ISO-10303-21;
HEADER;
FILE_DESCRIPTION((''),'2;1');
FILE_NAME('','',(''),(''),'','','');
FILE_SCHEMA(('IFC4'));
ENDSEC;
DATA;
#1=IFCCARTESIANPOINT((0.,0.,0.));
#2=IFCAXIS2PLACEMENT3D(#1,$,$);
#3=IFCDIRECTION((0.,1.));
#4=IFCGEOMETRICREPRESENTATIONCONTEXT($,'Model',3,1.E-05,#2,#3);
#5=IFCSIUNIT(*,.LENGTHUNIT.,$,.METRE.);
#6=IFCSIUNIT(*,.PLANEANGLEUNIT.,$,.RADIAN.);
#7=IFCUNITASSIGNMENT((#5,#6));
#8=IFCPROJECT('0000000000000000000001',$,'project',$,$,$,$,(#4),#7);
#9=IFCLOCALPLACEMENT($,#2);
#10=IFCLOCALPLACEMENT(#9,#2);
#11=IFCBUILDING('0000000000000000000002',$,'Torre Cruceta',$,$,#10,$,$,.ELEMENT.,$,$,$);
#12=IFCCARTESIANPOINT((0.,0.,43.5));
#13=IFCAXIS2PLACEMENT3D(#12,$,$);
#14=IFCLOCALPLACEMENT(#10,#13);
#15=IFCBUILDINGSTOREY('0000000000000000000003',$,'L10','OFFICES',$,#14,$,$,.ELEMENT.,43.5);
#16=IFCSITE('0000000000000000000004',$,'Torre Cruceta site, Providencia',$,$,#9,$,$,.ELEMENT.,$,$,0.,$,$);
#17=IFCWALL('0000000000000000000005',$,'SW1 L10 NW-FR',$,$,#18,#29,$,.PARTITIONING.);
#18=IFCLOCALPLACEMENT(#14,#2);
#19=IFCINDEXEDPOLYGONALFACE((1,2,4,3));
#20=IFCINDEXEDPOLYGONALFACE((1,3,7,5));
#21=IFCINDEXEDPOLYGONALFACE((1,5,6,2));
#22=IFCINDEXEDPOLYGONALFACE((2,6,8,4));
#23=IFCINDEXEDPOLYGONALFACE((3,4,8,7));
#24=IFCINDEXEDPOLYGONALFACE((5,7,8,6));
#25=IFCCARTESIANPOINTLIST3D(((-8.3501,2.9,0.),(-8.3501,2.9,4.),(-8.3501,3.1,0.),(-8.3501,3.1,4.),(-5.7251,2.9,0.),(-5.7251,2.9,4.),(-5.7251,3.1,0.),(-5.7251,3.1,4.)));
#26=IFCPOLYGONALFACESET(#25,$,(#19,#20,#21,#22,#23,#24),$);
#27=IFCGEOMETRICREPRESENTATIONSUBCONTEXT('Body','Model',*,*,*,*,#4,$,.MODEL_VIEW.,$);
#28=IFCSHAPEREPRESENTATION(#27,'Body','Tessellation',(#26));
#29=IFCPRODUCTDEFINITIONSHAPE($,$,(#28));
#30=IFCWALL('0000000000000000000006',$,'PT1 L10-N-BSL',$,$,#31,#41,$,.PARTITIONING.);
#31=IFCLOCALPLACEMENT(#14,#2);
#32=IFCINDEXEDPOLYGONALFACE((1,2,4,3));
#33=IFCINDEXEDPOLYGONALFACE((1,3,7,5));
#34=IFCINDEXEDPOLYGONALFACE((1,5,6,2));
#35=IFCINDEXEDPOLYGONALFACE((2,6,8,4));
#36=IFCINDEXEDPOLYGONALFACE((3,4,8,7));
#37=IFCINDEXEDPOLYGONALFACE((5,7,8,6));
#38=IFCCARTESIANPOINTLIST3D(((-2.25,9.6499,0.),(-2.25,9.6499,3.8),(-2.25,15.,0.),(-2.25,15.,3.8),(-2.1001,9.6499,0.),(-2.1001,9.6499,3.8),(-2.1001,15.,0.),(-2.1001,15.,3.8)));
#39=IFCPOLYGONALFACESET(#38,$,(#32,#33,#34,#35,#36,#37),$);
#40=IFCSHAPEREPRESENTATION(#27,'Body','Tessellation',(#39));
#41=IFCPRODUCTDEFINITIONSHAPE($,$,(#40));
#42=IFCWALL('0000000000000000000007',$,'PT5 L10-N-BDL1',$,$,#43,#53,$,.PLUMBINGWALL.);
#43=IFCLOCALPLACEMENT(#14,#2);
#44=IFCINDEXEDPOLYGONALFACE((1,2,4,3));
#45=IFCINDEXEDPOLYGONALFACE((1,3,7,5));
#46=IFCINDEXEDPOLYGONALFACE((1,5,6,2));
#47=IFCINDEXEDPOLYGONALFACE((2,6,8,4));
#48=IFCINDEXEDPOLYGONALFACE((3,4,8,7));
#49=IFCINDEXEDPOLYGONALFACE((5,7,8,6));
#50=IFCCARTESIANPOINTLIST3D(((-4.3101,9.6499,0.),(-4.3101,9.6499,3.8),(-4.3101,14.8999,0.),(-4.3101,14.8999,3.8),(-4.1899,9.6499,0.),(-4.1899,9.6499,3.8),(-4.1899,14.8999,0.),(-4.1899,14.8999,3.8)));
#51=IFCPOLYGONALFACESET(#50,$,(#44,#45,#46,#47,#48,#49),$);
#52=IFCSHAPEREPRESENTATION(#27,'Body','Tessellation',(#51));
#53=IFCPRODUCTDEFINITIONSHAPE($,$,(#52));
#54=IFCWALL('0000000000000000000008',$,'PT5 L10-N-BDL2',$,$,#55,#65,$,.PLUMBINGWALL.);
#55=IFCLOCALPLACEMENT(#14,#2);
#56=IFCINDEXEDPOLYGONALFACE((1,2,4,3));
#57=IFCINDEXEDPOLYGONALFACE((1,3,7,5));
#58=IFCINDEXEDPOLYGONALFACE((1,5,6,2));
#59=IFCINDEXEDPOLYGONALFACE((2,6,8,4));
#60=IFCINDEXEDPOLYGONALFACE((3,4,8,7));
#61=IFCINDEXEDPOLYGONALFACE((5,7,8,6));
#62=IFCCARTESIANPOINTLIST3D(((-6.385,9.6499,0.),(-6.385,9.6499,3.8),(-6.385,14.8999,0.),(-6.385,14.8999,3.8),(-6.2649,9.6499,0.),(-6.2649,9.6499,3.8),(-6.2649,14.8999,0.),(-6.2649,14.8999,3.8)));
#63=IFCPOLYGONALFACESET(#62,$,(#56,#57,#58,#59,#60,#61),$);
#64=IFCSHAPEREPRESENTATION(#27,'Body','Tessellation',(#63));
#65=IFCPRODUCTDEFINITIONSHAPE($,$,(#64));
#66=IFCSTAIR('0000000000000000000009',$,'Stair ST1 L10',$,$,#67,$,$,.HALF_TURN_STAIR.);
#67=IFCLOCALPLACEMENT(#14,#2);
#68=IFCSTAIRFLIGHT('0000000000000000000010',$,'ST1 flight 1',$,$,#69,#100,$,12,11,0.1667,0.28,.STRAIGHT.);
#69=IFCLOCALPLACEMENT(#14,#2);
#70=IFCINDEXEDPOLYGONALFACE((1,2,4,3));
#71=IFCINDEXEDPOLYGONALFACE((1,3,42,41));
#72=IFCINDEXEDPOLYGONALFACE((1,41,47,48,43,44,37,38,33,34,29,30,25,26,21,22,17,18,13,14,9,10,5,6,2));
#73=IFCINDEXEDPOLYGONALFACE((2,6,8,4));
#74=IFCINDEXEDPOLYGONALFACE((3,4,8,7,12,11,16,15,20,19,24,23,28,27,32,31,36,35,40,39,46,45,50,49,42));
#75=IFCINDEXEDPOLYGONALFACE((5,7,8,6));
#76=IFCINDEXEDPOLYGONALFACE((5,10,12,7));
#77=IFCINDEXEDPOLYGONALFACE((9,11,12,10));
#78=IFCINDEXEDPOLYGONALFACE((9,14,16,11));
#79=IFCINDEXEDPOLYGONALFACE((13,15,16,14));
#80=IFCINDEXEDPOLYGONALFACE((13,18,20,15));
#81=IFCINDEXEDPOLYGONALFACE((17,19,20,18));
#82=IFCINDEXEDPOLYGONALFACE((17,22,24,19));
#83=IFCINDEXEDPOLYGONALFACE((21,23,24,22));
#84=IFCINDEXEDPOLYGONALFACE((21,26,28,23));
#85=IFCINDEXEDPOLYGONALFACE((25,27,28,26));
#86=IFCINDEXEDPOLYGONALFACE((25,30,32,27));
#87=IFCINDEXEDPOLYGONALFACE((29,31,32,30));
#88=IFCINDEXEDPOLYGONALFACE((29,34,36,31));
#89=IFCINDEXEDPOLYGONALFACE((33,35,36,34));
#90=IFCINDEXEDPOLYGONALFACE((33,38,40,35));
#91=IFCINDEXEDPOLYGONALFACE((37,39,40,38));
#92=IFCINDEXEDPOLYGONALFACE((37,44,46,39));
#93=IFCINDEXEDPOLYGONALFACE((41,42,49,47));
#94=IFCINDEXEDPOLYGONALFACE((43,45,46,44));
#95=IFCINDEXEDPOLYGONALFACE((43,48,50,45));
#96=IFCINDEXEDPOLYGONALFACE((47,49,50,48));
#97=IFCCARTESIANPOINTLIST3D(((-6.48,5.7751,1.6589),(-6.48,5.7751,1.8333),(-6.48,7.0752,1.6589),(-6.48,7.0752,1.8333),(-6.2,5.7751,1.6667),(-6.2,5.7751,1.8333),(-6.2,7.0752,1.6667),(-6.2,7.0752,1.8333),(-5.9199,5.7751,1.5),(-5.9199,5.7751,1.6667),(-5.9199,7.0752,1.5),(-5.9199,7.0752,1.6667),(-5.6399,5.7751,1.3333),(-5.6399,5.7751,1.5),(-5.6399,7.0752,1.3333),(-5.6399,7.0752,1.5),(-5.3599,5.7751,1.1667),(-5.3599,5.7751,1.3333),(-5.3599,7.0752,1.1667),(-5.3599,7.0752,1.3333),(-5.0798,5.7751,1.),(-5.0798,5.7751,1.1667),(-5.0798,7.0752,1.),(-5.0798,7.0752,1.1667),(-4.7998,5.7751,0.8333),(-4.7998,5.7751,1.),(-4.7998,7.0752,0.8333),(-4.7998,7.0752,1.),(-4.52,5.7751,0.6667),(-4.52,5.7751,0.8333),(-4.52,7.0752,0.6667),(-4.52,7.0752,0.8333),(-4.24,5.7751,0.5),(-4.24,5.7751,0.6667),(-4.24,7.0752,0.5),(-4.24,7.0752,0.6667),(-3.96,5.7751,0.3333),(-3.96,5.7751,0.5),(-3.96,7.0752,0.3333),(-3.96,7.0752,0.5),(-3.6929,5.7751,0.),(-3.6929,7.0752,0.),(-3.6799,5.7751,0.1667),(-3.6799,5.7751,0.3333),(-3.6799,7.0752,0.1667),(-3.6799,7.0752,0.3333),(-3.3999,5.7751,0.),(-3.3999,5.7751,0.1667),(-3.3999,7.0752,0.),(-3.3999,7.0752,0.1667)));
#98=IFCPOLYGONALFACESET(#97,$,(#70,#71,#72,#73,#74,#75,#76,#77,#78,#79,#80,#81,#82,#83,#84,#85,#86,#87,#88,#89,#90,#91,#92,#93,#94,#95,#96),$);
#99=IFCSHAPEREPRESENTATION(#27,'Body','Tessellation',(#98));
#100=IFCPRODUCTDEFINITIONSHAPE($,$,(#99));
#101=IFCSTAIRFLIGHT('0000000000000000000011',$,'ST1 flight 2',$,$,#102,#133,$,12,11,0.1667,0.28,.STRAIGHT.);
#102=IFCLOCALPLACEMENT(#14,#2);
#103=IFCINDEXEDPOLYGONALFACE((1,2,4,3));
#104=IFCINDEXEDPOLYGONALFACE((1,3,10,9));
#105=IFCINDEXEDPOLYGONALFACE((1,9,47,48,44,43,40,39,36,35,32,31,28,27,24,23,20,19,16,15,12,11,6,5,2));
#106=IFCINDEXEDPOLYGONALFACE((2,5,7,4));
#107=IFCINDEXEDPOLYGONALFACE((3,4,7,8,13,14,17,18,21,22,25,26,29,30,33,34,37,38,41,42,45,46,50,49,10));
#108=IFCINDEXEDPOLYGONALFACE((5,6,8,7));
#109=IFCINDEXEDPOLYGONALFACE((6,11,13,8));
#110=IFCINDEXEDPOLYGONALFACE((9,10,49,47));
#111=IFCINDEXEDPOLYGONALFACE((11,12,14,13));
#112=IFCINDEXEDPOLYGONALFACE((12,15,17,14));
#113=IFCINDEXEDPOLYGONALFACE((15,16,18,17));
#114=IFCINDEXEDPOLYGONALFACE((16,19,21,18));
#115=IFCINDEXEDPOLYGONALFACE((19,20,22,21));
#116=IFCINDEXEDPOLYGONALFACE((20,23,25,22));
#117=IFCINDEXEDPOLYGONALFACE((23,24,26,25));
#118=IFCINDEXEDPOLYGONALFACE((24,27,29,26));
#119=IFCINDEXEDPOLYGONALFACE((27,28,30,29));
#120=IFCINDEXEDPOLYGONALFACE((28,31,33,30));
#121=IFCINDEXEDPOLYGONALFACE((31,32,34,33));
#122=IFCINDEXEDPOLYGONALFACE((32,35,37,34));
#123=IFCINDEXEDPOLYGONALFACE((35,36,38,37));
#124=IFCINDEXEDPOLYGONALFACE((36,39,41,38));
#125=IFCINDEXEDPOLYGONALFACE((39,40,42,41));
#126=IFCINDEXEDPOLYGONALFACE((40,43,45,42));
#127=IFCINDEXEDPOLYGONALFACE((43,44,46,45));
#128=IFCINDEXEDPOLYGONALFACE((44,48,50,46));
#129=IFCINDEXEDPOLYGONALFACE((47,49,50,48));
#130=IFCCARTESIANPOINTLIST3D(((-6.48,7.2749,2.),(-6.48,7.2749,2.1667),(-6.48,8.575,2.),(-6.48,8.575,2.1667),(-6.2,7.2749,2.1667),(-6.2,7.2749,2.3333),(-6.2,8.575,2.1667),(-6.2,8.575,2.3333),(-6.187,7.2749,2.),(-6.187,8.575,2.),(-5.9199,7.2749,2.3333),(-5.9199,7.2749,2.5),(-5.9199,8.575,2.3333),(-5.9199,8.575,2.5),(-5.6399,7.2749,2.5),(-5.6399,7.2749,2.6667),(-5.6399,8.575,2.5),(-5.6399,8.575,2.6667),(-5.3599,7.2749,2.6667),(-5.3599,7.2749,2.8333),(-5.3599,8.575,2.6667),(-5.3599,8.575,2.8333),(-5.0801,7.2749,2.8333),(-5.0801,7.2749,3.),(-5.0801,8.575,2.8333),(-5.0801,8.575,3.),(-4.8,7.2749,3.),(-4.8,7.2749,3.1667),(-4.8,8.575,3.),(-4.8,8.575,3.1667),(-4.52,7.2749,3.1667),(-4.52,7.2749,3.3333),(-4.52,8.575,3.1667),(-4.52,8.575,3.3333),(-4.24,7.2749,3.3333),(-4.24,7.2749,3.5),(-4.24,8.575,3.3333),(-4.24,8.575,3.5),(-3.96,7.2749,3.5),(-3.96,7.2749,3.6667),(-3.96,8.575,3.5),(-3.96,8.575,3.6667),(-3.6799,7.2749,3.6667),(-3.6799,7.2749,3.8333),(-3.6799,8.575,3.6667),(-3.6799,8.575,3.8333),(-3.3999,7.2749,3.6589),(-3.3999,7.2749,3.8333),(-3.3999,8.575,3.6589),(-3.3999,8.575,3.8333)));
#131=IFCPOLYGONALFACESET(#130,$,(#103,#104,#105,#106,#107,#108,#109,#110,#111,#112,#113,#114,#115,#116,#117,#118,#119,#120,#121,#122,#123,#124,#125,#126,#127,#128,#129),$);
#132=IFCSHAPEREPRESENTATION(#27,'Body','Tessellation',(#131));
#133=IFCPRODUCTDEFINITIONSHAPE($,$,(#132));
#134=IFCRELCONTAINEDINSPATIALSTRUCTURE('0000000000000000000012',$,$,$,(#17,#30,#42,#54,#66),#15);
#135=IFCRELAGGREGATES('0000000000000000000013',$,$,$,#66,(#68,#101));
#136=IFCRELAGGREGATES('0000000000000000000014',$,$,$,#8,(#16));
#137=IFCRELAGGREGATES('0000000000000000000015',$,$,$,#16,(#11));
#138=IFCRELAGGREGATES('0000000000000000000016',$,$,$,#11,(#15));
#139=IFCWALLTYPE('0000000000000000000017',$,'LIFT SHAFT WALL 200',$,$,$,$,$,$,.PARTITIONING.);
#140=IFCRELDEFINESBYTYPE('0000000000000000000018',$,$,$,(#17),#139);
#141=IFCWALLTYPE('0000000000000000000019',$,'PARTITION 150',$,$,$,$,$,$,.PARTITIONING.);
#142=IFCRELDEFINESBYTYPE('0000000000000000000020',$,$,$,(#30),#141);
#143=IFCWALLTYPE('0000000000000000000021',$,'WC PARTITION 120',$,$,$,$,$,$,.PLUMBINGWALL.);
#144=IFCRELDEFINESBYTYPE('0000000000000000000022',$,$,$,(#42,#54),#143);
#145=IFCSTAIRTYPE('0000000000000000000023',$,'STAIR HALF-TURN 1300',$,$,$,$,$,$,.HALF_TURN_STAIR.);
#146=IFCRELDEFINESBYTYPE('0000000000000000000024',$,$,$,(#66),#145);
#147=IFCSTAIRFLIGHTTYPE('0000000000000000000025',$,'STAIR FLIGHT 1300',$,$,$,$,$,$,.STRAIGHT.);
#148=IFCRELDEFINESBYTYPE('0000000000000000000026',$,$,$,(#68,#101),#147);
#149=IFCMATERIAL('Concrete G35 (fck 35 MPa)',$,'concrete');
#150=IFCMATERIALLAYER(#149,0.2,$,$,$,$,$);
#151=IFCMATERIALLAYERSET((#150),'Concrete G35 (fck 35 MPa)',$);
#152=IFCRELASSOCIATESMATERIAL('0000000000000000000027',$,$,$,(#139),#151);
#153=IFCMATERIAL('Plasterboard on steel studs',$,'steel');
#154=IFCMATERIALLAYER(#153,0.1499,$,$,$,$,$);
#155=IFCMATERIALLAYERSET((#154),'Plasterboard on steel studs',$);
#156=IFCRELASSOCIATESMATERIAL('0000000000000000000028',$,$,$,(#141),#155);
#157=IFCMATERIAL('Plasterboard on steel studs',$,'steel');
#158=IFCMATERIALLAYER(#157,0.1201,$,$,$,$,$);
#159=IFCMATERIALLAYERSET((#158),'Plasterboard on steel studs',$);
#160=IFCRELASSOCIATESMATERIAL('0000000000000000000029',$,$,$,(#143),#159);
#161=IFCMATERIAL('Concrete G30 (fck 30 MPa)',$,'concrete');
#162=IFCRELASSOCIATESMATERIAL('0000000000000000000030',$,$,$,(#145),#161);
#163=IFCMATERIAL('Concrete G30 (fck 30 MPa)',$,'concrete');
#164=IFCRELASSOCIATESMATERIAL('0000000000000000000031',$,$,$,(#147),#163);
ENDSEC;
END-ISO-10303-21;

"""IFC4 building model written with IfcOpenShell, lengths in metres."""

from ifc_helpers import new_model, si_unit, direction, frame, frame_2d, origin, place, context, subcontext, project, spatial, polyline, rectangle, outline, extrude, material, layer, layer_set, type_object, element, aggregate, save


model = new_model("IFC4")

# Units and contexts
model_context = context("Model", 3, precision=1e-05, world=origin(), true_north=direction((0.0, 1.0)))
body_context = subcontext(model_context, "Body", "Model", "MODEL_VIEW")
ifc_project = project(units=[si_unit("LENGTHUNIT", "METRE"), si_unit("PLANEANGLEUNIT", "RADIAN")], contexts=[model_context])

# Site, building, storey
site_placement = place(None, origin())
site = spatial("IfcSite", under=ifc_project, at=site_placement, Name="Torre Cruceta site, Providencia", CompositionType="ELEMENT", RefElevation=0.0)
building_placement = place(site_placement, origin())
building = spatial("IfcBuilding", under=site, at=building_placement, Name="Torre Cruceta", CompositionType="ELEMENT")
storey_placement = place(building_placement, frame((0.0, 0.0, 43.5)))
storey = spatial("IfcBuildingStorey", under=building, at=storey_placement, Name="L10", Description="OFFICES", CompositionType="ELEMENT", Elevation=43.5)

# Walls
ifc_material_1 = material(Name="Concrete G35 (fck 35 MPa)", Category="concrete")
ifc_layer_1 = layer(ifc_material_1, 0.2)
ifc_layer_set_1 = layer_set([ifc_layer_1], Name="Concrete G35 (fck 35 MPa)")
wall_type_1 = type_object("IfcWallType", Name="LIFT SHAFT WALL 200", PredefinedType="PARTITIONING", material=ifc_layer_set_1)
wall_1_placement = place(storey_placement, frame((-5.7251, 3.0, 0.0), z_axis=(0.0, 0.0, 1.0), x_axis=(-1.0, 0.0, 0.0)))
element("IfcWall", 1, at=wall_1_placement, inside=storey, type_object=wall_type_1, Name="SW1 L10 NW-FR", PredefinedType="PARTITIONING", context=body_context, shape_type="SweptSolid", body=[
    extrude(rectangle(XDim=2.625, YDim=0.2, at=frame_2d((1.3125, 0.0))), origin(), (0.0, 0.0, 1.0), 4.0),
])
ifc_material_2 = material(Name="Plasterboard on steel studs", Category="steel")
ifc_layer_2 = layer(ifc_material_2, 0.1499)
ifc_layer_set_2 = layer_set([ifc_layer_2], Name="Plasterboard on steel studs")
wall_type_2 = type_object("IfcWallType", Name="PARTITION 150", PredefinedType="PARTITIONING", material=ifc_layer_set_2)
wall_2_placement = place(storey_placement, frame((-2.175, 9.6499, 0.0), z_axis=(0.0, 0.0, 1.0), x_axis=(0.0, 1.0, 0.0)))
element("IfcWall", 2, at=wall_2_placement, inside=storey, type_object=wall_type_2, Name="PT1 L10-N-BSL", PredefinedType="PARTITIONING", context=body_context, shape_type="SweptSolid", body=[
    extrude(rectangle(XDim=5.3501, YDim=0.1499, at=frame_2d((2.675, 0.0))), origin(), (0.0, 0.0, 1.0), 3.8),
])
ifc_material_3 = material(Name="Plasterboard on steel studs", Category="steel")
ifc_layer_3 = layer(ifc_material_3, 0.1201)
ifc_layer_set_3 = layer_set([ifc_layer_3], Name="Plasterboard on steel studs")
wall_type_3 = type_object("IfcWallType", Name="WC PARTITION 120", PredefinedType="PLUMBINGWALL", material=ifc_layer_set_3)
for number, where, z_axis, x_axis, name in (
    (3, (-4.25, 9.6499, 0.0), (0.0, 0.0, 1.0), (0.0, 1.0, 0.0), "PT5 L10-N-BDL1"),
    (4, (-6.325, 9.6499, 0.0), (0.0, 0.0, 1.0), (0.0, 1.0, 0.0), "PT5 L10-N-BDL2"),
):
    element("IfcWall", number, at=place(storey_placement, frame(where, z_axis=z_axis, x_axis=x_axis)), inside=storey, type_object=wall_type_3, Name=name, PredefinedType="PLUMBINGWALL", context=body_context, shape_type="SweptSolid", body=[
        extrude(rectangle(XDim=5.25, YDim=0.1201, at=frame_2d((2.625, 0.0))), origin(), (0.0, 0.0, 1.0), 3.8),
    ])

# Stair, stair flights
ifc_material_4 = material(Name="Concrete G30 (fck 30 MPa)", Category="concrete")
stair_type = type_object("IfcStairType", Name="STAIR HALF-TURN 1300", PredefinedType="HALF_TURN_STAIR", material=ifc_material_4)
stair_placement = place(storey_placement, origin())
stair = element("IfcStair", 5, at=stair_placement, inside=storey, type_object=stair_type, Name="Stair ST1 L10", PredefinedType="HALF_TURN_STAIR")
ifc_material_5 = material(Name="Concrete G30 (fck 30 MPa)", Category="concrete")
stair_flight_type = type_object("IfcStairFlightType", Name="STAIR FLIGHT 1300", PredefinedType="STRAIGHT", material=ifc_material_5)
stair_flight_1_placement = place(storey_placement, frame((-3.3999, 6.425, 0.0), z_axis=(0.0, 0.0, 1.0), x_axis=(-1.0, 0.0, 0.0)))
stair_flight_1 = element("IfcStairFlight", 6, at=stair_flight_1_placement, type_object=stair_flight_type, Name="ST1 flight 1", NumberOfRisers=12, NumberOfTreads=11, PredefinedType="STRAIGHT", RiserHeight=0.1667, TreadLength=0.28, context=body_context, shape_type="SweptSolid", body=[
    extrude(outline(polyline([(0.0, 0.0), (0.0, 0.1667), (0.28, 0.1667), (0.28, 0.3333), (0.5601, 0.3333), (0.5601, 0.5), (0.8401, 0.5), (0.8401, 0.6667), (1.1201, 0.6667), (1.1201, 0.8333), (1.3999, 0.8333), (1.3999, 1.0), (1.6799, 1.0), (1.6799, 1.1667), (1.96, 1.1667), (1.96, 1.3333), (2.24, 1.3333), (2.24, 1.5), (2.52, 1.5), (2.52, 1.6667), (2.8, 1.6667), (2.8, 1.8333), (3.0801, 1.8333), (3.0801, 2.0), (3.0801, 1.6589), (0.293, 0.0), (0.0, 0.0)])), frame((0.0, 0.6499, 0.0), z_axis=(0.0, -1.0, 0.0), x_axis=(1.0, 0.0, 0.0)), (0.0, 0.0, 1.0), 1.3),
])
stair_flight_2_placement = place(storey_placement, frame((-6.48, 7.925, 2.0), z_axis=(0.0, 0.0, 1.0), x_axis=(1.0, 0.0, 0.0)))
stair_flight_2 = element("IfcStairFlight", 7, at=stair_flight_2_placement, type_object=stair_flight_type, Name="ST1 flight 2", NumberOfRisers=12, NumberOfTreads=11, PredefinedType="STRAIGHT", RiserHeight=0.1667, TreadLength=0.28, context=body_context, shape_type="SweptSolid", body=[
    extrude(outline(polyline([(0.0, 0.0), (0.0, 0.1667), (0.28, 0.1667), (0.28, 0.3333), (0.5601, 0.3333), (0.5601, 0.5), (0.8401, 0.5), (0.8401, 0.6667), (1.1201, 0.6667), (1.1201, 0.8333), (1.3999, 0.8333), (1.3999, 1.0), (1.6799, 1.0), (1.6799, 1.1667), (1.96, 1.1667), (1.96, 1.3333), (2.24, 1.3333), (2.24, 1.5), (2.52, 1.5), (2.52, 1.6667), (2.8, 1.6667), (2.8, 1.8333), (3.0801, 1.8333), (3.0801, 2.0), (3.0801, 1.6589), (0.293, 0.0), (0.0, 0.0)])), frame((0.0, 0.6499, 0.0), z_axis=(0.0, -1.0, 0.0), x_axis=(1.0, 0.0, 0.0)), (0.0, 0.0, 1.0), 1.3),
])
aggregate(stair, [stair_flight_1, stair_flight_2])

save(model, "model.ifc")
